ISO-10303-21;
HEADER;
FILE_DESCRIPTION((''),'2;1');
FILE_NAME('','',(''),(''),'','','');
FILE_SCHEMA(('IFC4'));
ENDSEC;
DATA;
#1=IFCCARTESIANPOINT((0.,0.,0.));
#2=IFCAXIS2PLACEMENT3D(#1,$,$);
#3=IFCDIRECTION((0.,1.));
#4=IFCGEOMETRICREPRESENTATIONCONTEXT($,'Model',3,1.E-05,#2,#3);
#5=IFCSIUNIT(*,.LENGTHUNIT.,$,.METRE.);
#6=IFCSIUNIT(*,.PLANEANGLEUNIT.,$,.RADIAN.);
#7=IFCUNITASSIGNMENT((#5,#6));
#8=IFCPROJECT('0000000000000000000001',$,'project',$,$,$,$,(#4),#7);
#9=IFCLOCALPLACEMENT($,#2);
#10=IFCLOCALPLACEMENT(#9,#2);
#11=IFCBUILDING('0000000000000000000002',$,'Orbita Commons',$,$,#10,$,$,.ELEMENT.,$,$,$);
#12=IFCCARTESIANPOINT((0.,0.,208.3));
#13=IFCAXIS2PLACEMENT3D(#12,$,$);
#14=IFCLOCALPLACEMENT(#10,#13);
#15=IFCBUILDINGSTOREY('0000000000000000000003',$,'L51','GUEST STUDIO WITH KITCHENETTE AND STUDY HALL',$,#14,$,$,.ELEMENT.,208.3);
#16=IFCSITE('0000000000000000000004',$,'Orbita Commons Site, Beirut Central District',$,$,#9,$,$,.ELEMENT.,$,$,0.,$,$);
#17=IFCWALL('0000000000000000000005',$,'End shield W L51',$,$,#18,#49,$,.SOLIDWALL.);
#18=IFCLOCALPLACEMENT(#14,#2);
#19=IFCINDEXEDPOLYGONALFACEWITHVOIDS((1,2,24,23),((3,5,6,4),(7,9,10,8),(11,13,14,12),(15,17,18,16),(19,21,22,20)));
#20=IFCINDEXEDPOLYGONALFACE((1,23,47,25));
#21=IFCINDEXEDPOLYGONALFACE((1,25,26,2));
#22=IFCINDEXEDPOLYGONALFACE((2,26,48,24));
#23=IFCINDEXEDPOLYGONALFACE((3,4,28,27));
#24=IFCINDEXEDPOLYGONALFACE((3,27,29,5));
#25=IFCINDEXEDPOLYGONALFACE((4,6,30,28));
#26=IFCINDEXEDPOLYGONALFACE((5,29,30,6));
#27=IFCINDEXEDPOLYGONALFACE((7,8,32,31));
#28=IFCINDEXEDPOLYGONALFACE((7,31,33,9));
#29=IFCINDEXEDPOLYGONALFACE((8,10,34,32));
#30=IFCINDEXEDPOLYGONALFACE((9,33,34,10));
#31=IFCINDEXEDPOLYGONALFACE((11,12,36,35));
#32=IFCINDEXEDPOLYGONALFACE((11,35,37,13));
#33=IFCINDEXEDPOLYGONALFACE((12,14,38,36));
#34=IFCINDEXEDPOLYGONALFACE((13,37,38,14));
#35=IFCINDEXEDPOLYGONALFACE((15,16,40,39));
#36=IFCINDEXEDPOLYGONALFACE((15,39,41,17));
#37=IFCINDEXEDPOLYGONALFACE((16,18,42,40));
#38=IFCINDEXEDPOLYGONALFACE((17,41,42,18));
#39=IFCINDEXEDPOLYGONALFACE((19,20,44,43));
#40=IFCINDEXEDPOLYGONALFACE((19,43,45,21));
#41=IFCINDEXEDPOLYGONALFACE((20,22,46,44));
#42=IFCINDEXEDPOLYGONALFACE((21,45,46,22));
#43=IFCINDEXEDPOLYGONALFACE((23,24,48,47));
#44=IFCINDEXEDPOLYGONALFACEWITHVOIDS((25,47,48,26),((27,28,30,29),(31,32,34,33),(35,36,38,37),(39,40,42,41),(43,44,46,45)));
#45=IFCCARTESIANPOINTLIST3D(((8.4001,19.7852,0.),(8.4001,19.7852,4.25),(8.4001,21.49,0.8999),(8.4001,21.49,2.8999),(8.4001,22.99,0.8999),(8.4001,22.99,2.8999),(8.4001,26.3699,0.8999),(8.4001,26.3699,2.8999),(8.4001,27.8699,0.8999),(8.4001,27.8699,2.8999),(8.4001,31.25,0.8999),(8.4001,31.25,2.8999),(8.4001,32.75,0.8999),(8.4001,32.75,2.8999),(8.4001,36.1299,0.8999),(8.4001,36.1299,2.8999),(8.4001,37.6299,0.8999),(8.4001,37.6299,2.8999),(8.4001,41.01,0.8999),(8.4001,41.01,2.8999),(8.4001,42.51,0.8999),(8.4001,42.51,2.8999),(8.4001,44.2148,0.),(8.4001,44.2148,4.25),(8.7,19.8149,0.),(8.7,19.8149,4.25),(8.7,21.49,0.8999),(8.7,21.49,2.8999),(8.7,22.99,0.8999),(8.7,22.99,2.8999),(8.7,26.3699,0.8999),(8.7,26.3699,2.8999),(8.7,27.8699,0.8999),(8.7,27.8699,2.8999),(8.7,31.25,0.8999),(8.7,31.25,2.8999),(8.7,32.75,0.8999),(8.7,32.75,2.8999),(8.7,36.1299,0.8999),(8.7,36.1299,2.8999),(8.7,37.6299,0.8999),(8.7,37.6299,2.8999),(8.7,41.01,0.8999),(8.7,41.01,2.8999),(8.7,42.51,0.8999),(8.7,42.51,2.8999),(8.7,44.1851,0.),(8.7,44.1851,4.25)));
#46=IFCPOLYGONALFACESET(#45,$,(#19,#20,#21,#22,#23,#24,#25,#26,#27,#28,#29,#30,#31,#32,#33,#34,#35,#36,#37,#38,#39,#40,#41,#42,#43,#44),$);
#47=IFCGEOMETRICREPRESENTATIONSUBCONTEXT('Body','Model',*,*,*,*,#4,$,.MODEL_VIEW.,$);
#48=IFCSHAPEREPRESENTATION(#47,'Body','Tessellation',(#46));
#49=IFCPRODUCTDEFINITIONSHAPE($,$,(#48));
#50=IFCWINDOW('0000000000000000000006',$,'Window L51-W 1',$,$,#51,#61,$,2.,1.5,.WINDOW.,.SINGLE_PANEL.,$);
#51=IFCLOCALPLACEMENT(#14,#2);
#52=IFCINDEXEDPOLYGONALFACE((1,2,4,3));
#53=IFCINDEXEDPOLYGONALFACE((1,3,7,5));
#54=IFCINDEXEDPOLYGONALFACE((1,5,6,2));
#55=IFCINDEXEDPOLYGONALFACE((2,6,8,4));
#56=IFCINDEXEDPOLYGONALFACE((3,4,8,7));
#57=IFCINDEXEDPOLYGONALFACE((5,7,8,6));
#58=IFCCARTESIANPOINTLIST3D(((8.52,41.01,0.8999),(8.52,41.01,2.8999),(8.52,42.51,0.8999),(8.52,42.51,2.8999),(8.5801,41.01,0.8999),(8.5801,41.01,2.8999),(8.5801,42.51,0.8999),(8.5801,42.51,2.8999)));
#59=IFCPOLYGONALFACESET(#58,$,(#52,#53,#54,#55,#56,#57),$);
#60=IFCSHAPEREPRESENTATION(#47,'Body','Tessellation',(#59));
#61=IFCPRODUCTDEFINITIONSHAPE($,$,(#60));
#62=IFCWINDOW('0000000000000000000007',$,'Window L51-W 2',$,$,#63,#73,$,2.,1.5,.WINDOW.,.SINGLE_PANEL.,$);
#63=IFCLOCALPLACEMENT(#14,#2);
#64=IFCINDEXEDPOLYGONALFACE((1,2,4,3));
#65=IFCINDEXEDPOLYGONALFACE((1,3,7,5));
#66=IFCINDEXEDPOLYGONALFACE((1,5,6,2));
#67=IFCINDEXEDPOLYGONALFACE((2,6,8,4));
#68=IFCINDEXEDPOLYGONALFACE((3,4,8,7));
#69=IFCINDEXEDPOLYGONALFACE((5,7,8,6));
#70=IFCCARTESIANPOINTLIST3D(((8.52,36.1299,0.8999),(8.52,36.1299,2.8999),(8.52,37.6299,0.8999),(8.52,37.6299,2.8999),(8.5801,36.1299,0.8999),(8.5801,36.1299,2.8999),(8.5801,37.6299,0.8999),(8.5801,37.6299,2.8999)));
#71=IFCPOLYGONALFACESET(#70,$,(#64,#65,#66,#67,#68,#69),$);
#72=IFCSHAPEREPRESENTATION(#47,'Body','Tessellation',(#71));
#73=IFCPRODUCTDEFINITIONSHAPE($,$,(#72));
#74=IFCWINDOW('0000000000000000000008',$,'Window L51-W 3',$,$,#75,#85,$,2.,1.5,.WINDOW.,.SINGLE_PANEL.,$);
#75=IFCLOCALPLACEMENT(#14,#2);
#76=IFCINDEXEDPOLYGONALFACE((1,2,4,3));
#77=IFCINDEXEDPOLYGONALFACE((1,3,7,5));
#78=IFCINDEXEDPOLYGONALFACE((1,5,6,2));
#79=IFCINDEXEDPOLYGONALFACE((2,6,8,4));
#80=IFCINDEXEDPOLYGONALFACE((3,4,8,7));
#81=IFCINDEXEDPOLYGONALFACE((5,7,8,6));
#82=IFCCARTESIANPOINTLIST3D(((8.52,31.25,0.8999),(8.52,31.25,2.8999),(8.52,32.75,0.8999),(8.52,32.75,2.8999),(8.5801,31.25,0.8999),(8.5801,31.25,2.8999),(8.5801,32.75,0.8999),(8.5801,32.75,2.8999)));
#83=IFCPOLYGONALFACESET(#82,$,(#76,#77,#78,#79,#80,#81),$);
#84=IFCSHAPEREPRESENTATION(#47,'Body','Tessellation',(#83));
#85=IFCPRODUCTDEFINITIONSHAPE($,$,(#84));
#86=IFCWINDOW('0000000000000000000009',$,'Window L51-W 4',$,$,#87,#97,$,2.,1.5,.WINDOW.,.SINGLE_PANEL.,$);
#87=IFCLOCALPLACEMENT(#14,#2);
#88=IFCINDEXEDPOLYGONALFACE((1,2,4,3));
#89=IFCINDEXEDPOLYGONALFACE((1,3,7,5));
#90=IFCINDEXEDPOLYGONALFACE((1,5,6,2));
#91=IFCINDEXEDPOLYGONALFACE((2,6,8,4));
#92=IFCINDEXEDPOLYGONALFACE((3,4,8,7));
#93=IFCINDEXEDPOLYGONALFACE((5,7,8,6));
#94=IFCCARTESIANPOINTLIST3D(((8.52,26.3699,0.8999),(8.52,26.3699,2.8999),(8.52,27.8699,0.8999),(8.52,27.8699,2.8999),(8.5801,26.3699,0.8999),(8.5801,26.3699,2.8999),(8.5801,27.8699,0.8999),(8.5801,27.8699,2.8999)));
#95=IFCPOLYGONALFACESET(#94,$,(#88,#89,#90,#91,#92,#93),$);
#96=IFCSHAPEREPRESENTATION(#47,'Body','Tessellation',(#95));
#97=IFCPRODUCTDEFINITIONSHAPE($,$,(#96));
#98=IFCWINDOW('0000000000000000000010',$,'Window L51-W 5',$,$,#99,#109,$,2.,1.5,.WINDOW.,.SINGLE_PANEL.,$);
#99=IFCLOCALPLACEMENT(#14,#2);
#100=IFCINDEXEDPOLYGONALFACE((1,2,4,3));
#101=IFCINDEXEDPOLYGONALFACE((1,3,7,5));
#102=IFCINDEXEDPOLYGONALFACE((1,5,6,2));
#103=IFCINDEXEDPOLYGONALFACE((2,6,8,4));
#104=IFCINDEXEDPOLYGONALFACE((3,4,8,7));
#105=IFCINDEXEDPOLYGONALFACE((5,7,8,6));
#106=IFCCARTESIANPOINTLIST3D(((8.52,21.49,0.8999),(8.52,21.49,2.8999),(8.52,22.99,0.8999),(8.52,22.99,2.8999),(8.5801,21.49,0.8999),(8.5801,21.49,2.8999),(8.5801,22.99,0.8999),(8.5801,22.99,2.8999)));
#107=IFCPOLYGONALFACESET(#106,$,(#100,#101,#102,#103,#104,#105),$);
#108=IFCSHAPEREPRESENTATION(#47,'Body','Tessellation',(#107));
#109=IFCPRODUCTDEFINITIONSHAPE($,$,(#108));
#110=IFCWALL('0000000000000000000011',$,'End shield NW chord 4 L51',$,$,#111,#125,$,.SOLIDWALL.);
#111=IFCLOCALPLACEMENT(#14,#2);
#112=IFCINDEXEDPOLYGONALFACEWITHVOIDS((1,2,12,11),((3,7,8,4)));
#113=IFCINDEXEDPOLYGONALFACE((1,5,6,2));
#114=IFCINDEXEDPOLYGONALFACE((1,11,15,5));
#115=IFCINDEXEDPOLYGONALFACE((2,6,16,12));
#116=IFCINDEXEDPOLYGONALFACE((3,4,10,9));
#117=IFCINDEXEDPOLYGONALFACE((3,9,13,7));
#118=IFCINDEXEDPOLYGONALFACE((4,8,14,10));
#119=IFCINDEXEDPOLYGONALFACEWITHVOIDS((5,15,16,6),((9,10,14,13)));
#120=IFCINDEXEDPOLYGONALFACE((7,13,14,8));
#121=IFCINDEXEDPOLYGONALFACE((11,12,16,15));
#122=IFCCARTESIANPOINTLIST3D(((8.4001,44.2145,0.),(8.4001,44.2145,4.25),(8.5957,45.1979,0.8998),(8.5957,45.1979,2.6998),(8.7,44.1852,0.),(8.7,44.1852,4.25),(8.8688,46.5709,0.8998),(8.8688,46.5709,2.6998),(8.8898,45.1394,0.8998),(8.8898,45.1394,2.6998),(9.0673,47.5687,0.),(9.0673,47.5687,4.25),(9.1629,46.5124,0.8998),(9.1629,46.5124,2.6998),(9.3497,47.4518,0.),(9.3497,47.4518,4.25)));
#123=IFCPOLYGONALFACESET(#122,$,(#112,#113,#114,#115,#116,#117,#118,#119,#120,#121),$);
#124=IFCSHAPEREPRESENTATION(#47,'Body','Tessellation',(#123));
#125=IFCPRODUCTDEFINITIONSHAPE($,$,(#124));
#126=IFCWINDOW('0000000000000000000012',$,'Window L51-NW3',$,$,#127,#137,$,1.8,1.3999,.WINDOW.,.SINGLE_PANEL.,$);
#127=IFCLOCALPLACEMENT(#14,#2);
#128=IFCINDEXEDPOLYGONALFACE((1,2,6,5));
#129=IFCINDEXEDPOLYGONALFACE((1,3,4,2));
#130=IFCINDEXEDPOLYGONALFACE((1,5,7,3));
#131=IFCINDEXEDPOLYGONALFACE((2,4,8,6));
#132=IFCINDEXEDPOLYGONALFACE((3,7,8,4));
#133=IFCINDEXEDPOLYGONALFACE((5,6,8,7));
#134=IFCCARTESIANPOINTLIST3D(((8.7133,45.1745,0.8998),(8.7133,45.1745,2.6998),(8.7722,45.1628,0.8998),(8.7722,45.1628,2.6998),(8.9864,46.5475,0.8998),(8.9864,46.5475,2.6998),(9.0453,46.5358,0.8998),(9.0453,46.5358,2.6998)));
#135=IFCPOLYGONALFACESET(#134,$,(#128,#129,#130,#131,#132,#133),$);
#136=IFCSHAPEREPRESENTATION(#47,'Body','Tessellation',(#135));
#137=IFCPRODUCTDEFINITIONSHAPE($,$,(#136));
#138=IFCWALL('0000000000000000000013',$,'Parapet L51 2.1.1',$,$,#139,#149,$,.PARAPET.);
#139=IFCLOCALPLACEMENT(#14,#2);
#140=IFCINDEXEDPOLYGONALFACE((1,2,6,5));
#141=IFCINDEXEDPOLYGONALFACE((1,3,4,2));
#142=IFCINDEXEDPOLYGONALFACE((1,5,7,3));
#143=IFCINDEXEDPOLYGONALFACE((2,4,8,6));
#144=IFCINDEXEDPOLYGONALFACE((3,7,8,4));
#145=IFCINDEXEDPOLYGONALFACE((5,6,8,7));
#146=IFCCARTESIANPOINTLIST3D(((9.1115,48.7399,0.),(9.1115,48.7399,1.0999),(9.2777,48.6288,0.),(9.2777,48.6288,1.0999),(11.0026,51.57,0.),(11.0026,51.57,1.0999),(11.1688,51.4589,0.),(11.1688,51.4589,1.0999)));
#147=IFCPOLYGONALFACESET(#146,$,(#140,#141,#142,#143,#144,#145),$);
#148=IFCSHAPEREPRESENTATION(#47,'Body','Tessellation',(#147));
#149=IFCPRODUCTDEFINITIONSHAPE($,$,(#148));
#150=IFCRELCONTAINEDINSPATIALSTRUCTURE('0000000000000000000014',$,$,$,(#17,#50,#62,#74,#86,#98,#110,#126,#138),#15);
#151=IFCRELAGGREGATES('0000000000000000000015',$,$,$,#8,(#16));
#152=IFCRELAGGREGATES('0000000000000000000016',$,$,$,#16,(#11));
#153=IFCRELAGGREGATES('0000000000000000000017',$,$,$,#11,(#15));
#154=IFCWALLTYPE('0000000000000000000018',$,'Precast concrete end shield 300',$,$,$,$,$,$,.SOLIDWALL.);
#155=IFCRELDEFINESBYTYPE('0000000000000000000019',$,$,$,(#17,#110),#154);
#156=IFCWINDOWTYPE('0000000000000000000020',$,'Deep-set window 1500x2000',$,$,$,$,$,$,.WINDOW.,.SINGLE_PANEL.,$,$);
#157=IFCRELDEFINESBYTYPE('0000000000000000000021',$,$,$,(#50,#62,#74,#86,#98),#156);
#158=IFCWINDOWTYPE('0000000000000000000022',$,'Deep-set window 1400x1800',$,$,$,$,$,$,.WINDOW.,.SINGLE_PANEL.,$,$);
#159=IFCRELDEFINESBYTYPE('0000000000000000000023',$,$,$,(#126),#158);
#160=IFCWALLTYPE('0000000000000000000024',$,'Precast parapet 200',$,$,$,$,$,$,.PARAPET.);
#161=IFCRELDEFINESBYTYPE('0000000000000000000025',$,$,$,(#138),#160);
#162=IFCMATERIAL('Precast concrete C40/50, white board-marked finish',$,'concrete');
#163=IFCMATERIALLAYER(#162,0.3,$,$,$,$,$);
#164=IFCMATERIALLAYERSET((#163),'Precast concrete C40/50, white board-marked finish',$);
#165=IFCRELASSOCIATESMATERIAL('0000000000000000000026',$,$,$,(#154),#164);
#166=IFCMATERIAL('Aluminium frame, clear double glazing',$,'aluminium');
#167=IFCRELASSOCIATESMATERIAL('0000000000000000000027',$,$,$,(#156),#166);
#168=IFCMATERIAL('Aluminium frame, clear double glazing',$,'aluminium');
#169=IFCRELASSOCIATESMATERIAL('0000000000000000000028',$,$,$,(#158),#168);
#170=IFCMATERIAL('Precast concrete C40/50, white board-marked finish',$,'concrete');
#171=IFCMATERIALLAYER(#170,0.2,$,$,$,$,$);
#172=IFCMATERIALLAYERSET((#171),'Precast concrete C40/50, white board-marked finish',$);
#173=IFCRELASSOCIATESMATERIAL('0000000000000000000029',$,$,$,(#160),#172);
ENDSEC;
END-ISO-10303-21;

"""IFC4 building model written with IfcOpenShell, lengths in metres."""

from ifc_helpers import new_model, si_unit, direction, frame, frame_2d, origin, place, context, subcontext, project, spatial, polyline, rectangle, outline, extrude, material, layer, layer_set, type_object, element, fill, save


model = new_model("IFC4")

# Units and contexts
model_context = context("Model", 3, precision=1e-05, world=origin(), true_north=direction((0.0, 1.0)))
body_context = subcontext(model_context, "Body", "Model", "MODEL_VIEW")
ifc_project = project(units=[si_unit("LENGTHUNIT", "METRE"), si_unit("PLANEANGLEUNIT", "RADIAN")], contexts=[model_context])

# Site, building, storey
site_placement = place(None, origin())
site = spatial("IfcSite", under=ifc_project, at=site_placement, Name="Orbita Commons Site, Beirut Central District", CompositionType="ELEMENT", RefElevation=0.0)
building_placement = place(site_placement, origin())
building = spatial("IfcBuilding", under=site, at=building_placement, Name="Orbita Commons", CompositionType="ELEMENT")
storey_placement = place(building_placement, frame((0.0, 0.0, 208.3)))
storey = spatial("IfcBuildingStorey", under=building, at=storey_placement, Name="L51", Description="GUEST STUDIO WITH KITCHENETTE AND STUDY HALL", CompositionType="ELEMENT", Elevation=208.3)

# Wall, openings, windows
ifc_material_1 = material(Name="Precast concrete C40/50, white board-marked finish", Category="concrete")
ifc_layer_1 = layer(ifc_material_1, 0.3)
ifc_layer_set_1 = layer_set([ifc_layer_1], Name="Precast concrete C40/50, white board-marked finish")
wall_type_1 = type_object("IfcWallType", Name="Precast concrete end shield 300", PredefinedType="SOLIDWALL", material=ifc_layer_set_1)
wall_1_placement = place(storey_placement, frame((8.55, 44.2, 0.0), z_axis=(0.0, 0.0, 1.0), x_axis=(0.0, -1.0, 0.0)))
wall_1 = element("IfcWall", 1, at=wall_1_placement, inside=storey, type_object=wall_type_1, Name="End shield W L51", PredefinedType="SOLIDWALL", context=body_context, shape_type="SweptSolid", body=[
    extrude(outline(polyline([(-0.0149, -0.1499), (24.4148, -0.1499), (24.385, 0.1499), (0.0149, 0.1499), (-0.0149, -0.1499)])), origin(), (0.0, 0.0, 1.0), 4.25),
])
opening_1_placement = place(wall_1_placement, frame((1.6899, 0.0, 0.8999)))
opening_1 = element("IfcOpeningElement", 2, at=opening_1_placement, cuts=wall_1, PredefinedType="OPENING", context=body_context, shape_type="SweptSolid", body=[
    extrude(rectangle(XDim=1.5, YDim=2.0, at=frame_2d((0.75, 1.0))), frame((0.0, 0.1599, 0.0), z_axis=(0.0, -1.0, 0.0), x_axis=(1.0, 0.0, 0.0)), (0.0, 0.0, 1.0), 0.3201),
])
opening_2_placement = place(wall_1_placement, frame((6.5701, 0.0, 0.8999)))
opening_2 = element("IfcOpeningElement", 3, at=opening_2_placement, cuts=wall_1, PredefinedType="OPENING", context=body_context, shape_type="SweptSolid", body=[
    extrude(rectangle(XDim=1.5, YDim=2.0, at=frame_2d((0.75, 1.0))), frame((0.0, 0.1599, 0.0), z_axis=(0.0, -1.0, 0.0), x_axis=(1.0, 0.0, 0.0)), (0.0, 0.0, 1.0), 0.3201),
])
opening_3_placement = place(wall_1_placement, frame((11.45, 0.0, 0.8999)))
opening_3 = element("IfcOpeningElement", 4, at=opening_3_placement, cuts=wall_1, PredefinedType="OPENING", context=body_context, shape_type="SweptSolid", body=[
    extrude(rectangle(XDim=1.5, YDim=2.0, at=frame_2d((0.75, 1.0))), frame((0.0, 0.1599, 0.0), z_axis=(0.0, -1.0, 0.0), x_axis=(1.0, 0.0, 0.0)), (0.0, 0.0, 1.0), 0.3201),
])
opening_4_placement = place(wall_1_placement, frame((16.3301, 0.0, 0.8999)))
opening_4 = element("IfcOpeningElement", 5, at=opening_4_placement, cuts=wall_1, PredefinedType="OPENING", context=body_context, shape_type="SweptSolid", body=[
    extrude(rectangle(XDim=1.5, YDim=2.0, at=frame_2d((0.75, 1.0))), frame((0.0, 0.1599, 0.0), z_axis=(0.0, -1.0, 0.0), x_axis=(1.0, 0.0, 0.0)), (0.0, 0.0, 1.0), 0.3201),
])
opening_5_placement = place(wall_1_placement, frame((21.21, 0.0, 0.8999)))
opening_5 = element("IfcOpeningElement", 6, at=opening_5_placement, cuts=wall_1, PredefinedType="OPENING", context=body_context, shape_type="SweptSolid", body=[
    extrude(rectangle(XDim=1.5, YDim=2.0, at=frame_2d((0.75, 1.0))), frame((0.0, 0.1599, 0.0), z_axis=(0.0, -1.0, 0.0), x_axis=(1.0, 0.0, 0.0)), (0.0, 0.0, 1.0), 0.3201),
])
ifc_material_2 = material(Name="Aluminium frame, clear double glazing", Category="aluminium")
window_type_1 = type_object("IfcWindowType", Name="Deep-set window 1500x2000", PartitioningType="SINGLE_PANEL", PredefinedType="WINDOW", material=ifc_material_2)
window_1_placement = place(opening_1_placement, origin())
window_1 = element("IfcWindow", 7, at=window_1_placement, inside=storey, type_object=window_type_1, Name="Window L51-W 1", OverallHeight=2.0, OverallWidth=1.5, PartitioningType="SINGLE_PANEL", PredefinedType="WINDOW", context=body_context, shape_type="SweptSolid", body=[
    extrude(rectangle(XDim=1.5, YDim=2.0, at=frame_2d((0.75, 1.0))), frame((0.0, 0.03, 0.0), z_axis=(0.0, -1.0, 0.0), x_axis=(1.0, 0.0, 0.0)), (0.0, 0.0, 1.0), 0.0601),
])
fill(opening_1, window_1)
window_2_placement = place(opening_2_placement, origin())
window_2 = element("IfcWindow", 8, at=window_2_placement, inside=storey, type_object=window_type_1, Name="Window L51-W 2", OverallHeight=2.0, OverallWidth=1.5, PartitioningType="SINGLE_PANEL", PredefinedType="WINDOW", context=body_context, shape_type="SweptSolid", body=[
    extrude(rectangle(XDim=1.5, YDim=2.0, at=frame_2d((0.75, 1.0))), frame((0.0, 0.03, 0.0), z_axis=(0.0, -1.0, 0.0), x_axis=(1.0, 0.0, 0.0)), (0.0, 0.0, 1.0), 0.0601),
])
fill(opening_2, window_2)
window_3_placement = place(opening_3_placement, origin())
window_3 = element("IfcWindow", 9, at=window_3_placement, inside=storey, type_object=window_type_1, Name="Window L51-W 3", OverallHeight=2.0, OverallWidth=1.5, PartitioningType="SINGLE_PANEL", PredefinedType="WINDOW", context=body_context, shape_type="SweptSolid", body=[
    extrude(rectangle(XDim=1.5, YDim=2.0, at=frame_2d((0.75, 1.0))), frame((0.0, 0.03, 0.0), z_axis=(0.0, -1.0, 0.0), x_axis=(1.0, 0.0, 0.0)), (0.0, 0.0, 1.0), 0.0601),
])
fill(opening_3, window_3)
window_4_placement = place(opening_4_placement, origin())
window_4 = element("IfcWindow", 10, at=window_4_placement, inside=storey, type_object=window_type_1, Name="Window L51-W 4", OverallHeight=2.0, OverallWidth=1.5, PartitioningType="SINGLE_PANEL", PredefinedType="WINDOW", context=body_context, shape_type="SweptSolid", body=[
    extrude(rectangle(XDim=1.5, YDim=2.0, at=frame_2d((0.75, 1.0))), frame((0.0, 0.03, 0.0), z_axis=(0.0, -1.0, 0.0), x_axis=(1.0, 0.0, 0.0)), (0.0, 0.0, 1.0), 0.0601),
])
fill(opening_4, window_4)
window_5_placement = place(opening_5_placement, origin())
window_5 = element("IfcWindow", 11, at=window_5_placement, inside=storey, type_object=window_type_1, Name="Window L51-W 5", OverallHeight=2.0, OverallWidth=1.5, PartitioningType="SINGLE_PANEL", PredefinedType="WINDOW", context=body_context, shape_type="SweptSolid", body=[
    extrude(rectangle(XDim=1.5, YDim=2.0, at=frame_2d((0.75, 1.0))), frame((0.0, 0.03, 0.0), z_axis=(0.0, -1.0, 0.0), x_axis=(1.0, 0.0, 0.0)), (0.0, 0.0, 1.0), 0.0601),
])
fill(opening_5, window_5)

# Wall, opening, window
wall_2_placement = place(storey_placement, frame((9.2085, 47.5103, 0.0), z_axis=(0.0, 0.0, 1.0), x_axis=(-0.195087, -0.980786, 0.0)))
wall_2 = element("IfcWall", 12, at=wall_2_placement, inside=storey, type_object=wall_type_1, Name="End shield NW chord 4 L51", PredefinedType="SOLIDWALL", context=body_context, shape_type="SweptSolid", body=[
    extrude(outline(polyline([(-0.0298, -0.1499), (3.3901, -0.1499), (3.3604, 0.1499), (0.0298, 0.1499), (-0.0298, -0.1499)])), origin(), (0.0, 0.0, 1.0), 4.25),
])
opening_6_placement = place(wall_2_placement, frame((0.9875, 0.0, 0.8999)))
opening_6 = element("IfcOpeningElement", 13, at=opening_6_placement, cuts=wall_2, PredefinedType="OPENING", context=body_context, shape_type="SweptSolid", body=[
    extrude(rectangle(XDim=1.3999, YDim=1.8, at=frame_2d((0.7, 0.8999))), frame((0.0, 0.1599, 0.0), z_axis=(0.0, -1.0, 0.0), x_axis=(1.0, 0.0, 0.0)), (0.0, 0.0, 1.0), 0.3201),
])
ifc_material_3 = material(Name="Aluminium frame, clear double glazing", Category="aluminium")
window_type_2 = type_object("IfcWindowType", Name="Deep-set window 1400x1800", PartitioningType="SINGLE_PANEL", PredefinedType="WINDOW", material=ifc_material_3)
window_6_placement = place(opening_6_placement, origin())
window_6 = element("IfcWindow", 14, at=window_6_placement, inside=storey, type_object=window_type_2, Name="Window L51-NW3", OverallHeight=1.8, OverallWidth=1.3999, PartitioningType="SINGLE_PANEL", PredefinedType="WINDOW", context=body_context, shape_type="SweptSolid", body=[
    extrude(rectangle(XDim=1.3999, YDim=1.8, at=frame_2d((0.7, 0.8999))), frame((0.0, 0.03, 0.0), z_axis=(0.0, -1.0, 0.0), x_axis=(1.0, 0.0, 0.0)), (0.0, 0.0, 1.0), 0.0601),
])
fill(opening_6, window_6)

# Wall
ifc_material_4 = material(Name="Precast concrete C40/50, white board-marked finish", Category="concrete")
ifc_layer_2 = layer(ifc_material_4, 0.2)
ifc_layer_set_2 = layer_set([ifc_layer_2], Name="Precast concrete C40/50, white board-marked finish")
wall_type_2 = type_object("IfcWallType", Name="Precast parapet 200", PredefinedType="PARAPET", material=ifc_layer_set_2)
wall_3_placement = place(storey_placement, frame((9.1946, 48.6843, 0.0), z_axis=(0.0, 0.0, 1.0), x_axis=(0.555594, 0.831454, 0.0)))
element("IfcWall", 15, at=wall_3_placement, inside=storey, type_object=wall_type_2, Name="Parapet L51 2.1.1", PredefinedType="PARAPET", context=body_context, shape_type="SweptSolid", body=[
    extrude(rectangle(XDim=3.4038, YDim=0.2, at=frame_2d((1.7019, 0.0))), origin(), (0.0, 0.0, 1.0), 1.0999),
])

save(model, "model.ifc")
